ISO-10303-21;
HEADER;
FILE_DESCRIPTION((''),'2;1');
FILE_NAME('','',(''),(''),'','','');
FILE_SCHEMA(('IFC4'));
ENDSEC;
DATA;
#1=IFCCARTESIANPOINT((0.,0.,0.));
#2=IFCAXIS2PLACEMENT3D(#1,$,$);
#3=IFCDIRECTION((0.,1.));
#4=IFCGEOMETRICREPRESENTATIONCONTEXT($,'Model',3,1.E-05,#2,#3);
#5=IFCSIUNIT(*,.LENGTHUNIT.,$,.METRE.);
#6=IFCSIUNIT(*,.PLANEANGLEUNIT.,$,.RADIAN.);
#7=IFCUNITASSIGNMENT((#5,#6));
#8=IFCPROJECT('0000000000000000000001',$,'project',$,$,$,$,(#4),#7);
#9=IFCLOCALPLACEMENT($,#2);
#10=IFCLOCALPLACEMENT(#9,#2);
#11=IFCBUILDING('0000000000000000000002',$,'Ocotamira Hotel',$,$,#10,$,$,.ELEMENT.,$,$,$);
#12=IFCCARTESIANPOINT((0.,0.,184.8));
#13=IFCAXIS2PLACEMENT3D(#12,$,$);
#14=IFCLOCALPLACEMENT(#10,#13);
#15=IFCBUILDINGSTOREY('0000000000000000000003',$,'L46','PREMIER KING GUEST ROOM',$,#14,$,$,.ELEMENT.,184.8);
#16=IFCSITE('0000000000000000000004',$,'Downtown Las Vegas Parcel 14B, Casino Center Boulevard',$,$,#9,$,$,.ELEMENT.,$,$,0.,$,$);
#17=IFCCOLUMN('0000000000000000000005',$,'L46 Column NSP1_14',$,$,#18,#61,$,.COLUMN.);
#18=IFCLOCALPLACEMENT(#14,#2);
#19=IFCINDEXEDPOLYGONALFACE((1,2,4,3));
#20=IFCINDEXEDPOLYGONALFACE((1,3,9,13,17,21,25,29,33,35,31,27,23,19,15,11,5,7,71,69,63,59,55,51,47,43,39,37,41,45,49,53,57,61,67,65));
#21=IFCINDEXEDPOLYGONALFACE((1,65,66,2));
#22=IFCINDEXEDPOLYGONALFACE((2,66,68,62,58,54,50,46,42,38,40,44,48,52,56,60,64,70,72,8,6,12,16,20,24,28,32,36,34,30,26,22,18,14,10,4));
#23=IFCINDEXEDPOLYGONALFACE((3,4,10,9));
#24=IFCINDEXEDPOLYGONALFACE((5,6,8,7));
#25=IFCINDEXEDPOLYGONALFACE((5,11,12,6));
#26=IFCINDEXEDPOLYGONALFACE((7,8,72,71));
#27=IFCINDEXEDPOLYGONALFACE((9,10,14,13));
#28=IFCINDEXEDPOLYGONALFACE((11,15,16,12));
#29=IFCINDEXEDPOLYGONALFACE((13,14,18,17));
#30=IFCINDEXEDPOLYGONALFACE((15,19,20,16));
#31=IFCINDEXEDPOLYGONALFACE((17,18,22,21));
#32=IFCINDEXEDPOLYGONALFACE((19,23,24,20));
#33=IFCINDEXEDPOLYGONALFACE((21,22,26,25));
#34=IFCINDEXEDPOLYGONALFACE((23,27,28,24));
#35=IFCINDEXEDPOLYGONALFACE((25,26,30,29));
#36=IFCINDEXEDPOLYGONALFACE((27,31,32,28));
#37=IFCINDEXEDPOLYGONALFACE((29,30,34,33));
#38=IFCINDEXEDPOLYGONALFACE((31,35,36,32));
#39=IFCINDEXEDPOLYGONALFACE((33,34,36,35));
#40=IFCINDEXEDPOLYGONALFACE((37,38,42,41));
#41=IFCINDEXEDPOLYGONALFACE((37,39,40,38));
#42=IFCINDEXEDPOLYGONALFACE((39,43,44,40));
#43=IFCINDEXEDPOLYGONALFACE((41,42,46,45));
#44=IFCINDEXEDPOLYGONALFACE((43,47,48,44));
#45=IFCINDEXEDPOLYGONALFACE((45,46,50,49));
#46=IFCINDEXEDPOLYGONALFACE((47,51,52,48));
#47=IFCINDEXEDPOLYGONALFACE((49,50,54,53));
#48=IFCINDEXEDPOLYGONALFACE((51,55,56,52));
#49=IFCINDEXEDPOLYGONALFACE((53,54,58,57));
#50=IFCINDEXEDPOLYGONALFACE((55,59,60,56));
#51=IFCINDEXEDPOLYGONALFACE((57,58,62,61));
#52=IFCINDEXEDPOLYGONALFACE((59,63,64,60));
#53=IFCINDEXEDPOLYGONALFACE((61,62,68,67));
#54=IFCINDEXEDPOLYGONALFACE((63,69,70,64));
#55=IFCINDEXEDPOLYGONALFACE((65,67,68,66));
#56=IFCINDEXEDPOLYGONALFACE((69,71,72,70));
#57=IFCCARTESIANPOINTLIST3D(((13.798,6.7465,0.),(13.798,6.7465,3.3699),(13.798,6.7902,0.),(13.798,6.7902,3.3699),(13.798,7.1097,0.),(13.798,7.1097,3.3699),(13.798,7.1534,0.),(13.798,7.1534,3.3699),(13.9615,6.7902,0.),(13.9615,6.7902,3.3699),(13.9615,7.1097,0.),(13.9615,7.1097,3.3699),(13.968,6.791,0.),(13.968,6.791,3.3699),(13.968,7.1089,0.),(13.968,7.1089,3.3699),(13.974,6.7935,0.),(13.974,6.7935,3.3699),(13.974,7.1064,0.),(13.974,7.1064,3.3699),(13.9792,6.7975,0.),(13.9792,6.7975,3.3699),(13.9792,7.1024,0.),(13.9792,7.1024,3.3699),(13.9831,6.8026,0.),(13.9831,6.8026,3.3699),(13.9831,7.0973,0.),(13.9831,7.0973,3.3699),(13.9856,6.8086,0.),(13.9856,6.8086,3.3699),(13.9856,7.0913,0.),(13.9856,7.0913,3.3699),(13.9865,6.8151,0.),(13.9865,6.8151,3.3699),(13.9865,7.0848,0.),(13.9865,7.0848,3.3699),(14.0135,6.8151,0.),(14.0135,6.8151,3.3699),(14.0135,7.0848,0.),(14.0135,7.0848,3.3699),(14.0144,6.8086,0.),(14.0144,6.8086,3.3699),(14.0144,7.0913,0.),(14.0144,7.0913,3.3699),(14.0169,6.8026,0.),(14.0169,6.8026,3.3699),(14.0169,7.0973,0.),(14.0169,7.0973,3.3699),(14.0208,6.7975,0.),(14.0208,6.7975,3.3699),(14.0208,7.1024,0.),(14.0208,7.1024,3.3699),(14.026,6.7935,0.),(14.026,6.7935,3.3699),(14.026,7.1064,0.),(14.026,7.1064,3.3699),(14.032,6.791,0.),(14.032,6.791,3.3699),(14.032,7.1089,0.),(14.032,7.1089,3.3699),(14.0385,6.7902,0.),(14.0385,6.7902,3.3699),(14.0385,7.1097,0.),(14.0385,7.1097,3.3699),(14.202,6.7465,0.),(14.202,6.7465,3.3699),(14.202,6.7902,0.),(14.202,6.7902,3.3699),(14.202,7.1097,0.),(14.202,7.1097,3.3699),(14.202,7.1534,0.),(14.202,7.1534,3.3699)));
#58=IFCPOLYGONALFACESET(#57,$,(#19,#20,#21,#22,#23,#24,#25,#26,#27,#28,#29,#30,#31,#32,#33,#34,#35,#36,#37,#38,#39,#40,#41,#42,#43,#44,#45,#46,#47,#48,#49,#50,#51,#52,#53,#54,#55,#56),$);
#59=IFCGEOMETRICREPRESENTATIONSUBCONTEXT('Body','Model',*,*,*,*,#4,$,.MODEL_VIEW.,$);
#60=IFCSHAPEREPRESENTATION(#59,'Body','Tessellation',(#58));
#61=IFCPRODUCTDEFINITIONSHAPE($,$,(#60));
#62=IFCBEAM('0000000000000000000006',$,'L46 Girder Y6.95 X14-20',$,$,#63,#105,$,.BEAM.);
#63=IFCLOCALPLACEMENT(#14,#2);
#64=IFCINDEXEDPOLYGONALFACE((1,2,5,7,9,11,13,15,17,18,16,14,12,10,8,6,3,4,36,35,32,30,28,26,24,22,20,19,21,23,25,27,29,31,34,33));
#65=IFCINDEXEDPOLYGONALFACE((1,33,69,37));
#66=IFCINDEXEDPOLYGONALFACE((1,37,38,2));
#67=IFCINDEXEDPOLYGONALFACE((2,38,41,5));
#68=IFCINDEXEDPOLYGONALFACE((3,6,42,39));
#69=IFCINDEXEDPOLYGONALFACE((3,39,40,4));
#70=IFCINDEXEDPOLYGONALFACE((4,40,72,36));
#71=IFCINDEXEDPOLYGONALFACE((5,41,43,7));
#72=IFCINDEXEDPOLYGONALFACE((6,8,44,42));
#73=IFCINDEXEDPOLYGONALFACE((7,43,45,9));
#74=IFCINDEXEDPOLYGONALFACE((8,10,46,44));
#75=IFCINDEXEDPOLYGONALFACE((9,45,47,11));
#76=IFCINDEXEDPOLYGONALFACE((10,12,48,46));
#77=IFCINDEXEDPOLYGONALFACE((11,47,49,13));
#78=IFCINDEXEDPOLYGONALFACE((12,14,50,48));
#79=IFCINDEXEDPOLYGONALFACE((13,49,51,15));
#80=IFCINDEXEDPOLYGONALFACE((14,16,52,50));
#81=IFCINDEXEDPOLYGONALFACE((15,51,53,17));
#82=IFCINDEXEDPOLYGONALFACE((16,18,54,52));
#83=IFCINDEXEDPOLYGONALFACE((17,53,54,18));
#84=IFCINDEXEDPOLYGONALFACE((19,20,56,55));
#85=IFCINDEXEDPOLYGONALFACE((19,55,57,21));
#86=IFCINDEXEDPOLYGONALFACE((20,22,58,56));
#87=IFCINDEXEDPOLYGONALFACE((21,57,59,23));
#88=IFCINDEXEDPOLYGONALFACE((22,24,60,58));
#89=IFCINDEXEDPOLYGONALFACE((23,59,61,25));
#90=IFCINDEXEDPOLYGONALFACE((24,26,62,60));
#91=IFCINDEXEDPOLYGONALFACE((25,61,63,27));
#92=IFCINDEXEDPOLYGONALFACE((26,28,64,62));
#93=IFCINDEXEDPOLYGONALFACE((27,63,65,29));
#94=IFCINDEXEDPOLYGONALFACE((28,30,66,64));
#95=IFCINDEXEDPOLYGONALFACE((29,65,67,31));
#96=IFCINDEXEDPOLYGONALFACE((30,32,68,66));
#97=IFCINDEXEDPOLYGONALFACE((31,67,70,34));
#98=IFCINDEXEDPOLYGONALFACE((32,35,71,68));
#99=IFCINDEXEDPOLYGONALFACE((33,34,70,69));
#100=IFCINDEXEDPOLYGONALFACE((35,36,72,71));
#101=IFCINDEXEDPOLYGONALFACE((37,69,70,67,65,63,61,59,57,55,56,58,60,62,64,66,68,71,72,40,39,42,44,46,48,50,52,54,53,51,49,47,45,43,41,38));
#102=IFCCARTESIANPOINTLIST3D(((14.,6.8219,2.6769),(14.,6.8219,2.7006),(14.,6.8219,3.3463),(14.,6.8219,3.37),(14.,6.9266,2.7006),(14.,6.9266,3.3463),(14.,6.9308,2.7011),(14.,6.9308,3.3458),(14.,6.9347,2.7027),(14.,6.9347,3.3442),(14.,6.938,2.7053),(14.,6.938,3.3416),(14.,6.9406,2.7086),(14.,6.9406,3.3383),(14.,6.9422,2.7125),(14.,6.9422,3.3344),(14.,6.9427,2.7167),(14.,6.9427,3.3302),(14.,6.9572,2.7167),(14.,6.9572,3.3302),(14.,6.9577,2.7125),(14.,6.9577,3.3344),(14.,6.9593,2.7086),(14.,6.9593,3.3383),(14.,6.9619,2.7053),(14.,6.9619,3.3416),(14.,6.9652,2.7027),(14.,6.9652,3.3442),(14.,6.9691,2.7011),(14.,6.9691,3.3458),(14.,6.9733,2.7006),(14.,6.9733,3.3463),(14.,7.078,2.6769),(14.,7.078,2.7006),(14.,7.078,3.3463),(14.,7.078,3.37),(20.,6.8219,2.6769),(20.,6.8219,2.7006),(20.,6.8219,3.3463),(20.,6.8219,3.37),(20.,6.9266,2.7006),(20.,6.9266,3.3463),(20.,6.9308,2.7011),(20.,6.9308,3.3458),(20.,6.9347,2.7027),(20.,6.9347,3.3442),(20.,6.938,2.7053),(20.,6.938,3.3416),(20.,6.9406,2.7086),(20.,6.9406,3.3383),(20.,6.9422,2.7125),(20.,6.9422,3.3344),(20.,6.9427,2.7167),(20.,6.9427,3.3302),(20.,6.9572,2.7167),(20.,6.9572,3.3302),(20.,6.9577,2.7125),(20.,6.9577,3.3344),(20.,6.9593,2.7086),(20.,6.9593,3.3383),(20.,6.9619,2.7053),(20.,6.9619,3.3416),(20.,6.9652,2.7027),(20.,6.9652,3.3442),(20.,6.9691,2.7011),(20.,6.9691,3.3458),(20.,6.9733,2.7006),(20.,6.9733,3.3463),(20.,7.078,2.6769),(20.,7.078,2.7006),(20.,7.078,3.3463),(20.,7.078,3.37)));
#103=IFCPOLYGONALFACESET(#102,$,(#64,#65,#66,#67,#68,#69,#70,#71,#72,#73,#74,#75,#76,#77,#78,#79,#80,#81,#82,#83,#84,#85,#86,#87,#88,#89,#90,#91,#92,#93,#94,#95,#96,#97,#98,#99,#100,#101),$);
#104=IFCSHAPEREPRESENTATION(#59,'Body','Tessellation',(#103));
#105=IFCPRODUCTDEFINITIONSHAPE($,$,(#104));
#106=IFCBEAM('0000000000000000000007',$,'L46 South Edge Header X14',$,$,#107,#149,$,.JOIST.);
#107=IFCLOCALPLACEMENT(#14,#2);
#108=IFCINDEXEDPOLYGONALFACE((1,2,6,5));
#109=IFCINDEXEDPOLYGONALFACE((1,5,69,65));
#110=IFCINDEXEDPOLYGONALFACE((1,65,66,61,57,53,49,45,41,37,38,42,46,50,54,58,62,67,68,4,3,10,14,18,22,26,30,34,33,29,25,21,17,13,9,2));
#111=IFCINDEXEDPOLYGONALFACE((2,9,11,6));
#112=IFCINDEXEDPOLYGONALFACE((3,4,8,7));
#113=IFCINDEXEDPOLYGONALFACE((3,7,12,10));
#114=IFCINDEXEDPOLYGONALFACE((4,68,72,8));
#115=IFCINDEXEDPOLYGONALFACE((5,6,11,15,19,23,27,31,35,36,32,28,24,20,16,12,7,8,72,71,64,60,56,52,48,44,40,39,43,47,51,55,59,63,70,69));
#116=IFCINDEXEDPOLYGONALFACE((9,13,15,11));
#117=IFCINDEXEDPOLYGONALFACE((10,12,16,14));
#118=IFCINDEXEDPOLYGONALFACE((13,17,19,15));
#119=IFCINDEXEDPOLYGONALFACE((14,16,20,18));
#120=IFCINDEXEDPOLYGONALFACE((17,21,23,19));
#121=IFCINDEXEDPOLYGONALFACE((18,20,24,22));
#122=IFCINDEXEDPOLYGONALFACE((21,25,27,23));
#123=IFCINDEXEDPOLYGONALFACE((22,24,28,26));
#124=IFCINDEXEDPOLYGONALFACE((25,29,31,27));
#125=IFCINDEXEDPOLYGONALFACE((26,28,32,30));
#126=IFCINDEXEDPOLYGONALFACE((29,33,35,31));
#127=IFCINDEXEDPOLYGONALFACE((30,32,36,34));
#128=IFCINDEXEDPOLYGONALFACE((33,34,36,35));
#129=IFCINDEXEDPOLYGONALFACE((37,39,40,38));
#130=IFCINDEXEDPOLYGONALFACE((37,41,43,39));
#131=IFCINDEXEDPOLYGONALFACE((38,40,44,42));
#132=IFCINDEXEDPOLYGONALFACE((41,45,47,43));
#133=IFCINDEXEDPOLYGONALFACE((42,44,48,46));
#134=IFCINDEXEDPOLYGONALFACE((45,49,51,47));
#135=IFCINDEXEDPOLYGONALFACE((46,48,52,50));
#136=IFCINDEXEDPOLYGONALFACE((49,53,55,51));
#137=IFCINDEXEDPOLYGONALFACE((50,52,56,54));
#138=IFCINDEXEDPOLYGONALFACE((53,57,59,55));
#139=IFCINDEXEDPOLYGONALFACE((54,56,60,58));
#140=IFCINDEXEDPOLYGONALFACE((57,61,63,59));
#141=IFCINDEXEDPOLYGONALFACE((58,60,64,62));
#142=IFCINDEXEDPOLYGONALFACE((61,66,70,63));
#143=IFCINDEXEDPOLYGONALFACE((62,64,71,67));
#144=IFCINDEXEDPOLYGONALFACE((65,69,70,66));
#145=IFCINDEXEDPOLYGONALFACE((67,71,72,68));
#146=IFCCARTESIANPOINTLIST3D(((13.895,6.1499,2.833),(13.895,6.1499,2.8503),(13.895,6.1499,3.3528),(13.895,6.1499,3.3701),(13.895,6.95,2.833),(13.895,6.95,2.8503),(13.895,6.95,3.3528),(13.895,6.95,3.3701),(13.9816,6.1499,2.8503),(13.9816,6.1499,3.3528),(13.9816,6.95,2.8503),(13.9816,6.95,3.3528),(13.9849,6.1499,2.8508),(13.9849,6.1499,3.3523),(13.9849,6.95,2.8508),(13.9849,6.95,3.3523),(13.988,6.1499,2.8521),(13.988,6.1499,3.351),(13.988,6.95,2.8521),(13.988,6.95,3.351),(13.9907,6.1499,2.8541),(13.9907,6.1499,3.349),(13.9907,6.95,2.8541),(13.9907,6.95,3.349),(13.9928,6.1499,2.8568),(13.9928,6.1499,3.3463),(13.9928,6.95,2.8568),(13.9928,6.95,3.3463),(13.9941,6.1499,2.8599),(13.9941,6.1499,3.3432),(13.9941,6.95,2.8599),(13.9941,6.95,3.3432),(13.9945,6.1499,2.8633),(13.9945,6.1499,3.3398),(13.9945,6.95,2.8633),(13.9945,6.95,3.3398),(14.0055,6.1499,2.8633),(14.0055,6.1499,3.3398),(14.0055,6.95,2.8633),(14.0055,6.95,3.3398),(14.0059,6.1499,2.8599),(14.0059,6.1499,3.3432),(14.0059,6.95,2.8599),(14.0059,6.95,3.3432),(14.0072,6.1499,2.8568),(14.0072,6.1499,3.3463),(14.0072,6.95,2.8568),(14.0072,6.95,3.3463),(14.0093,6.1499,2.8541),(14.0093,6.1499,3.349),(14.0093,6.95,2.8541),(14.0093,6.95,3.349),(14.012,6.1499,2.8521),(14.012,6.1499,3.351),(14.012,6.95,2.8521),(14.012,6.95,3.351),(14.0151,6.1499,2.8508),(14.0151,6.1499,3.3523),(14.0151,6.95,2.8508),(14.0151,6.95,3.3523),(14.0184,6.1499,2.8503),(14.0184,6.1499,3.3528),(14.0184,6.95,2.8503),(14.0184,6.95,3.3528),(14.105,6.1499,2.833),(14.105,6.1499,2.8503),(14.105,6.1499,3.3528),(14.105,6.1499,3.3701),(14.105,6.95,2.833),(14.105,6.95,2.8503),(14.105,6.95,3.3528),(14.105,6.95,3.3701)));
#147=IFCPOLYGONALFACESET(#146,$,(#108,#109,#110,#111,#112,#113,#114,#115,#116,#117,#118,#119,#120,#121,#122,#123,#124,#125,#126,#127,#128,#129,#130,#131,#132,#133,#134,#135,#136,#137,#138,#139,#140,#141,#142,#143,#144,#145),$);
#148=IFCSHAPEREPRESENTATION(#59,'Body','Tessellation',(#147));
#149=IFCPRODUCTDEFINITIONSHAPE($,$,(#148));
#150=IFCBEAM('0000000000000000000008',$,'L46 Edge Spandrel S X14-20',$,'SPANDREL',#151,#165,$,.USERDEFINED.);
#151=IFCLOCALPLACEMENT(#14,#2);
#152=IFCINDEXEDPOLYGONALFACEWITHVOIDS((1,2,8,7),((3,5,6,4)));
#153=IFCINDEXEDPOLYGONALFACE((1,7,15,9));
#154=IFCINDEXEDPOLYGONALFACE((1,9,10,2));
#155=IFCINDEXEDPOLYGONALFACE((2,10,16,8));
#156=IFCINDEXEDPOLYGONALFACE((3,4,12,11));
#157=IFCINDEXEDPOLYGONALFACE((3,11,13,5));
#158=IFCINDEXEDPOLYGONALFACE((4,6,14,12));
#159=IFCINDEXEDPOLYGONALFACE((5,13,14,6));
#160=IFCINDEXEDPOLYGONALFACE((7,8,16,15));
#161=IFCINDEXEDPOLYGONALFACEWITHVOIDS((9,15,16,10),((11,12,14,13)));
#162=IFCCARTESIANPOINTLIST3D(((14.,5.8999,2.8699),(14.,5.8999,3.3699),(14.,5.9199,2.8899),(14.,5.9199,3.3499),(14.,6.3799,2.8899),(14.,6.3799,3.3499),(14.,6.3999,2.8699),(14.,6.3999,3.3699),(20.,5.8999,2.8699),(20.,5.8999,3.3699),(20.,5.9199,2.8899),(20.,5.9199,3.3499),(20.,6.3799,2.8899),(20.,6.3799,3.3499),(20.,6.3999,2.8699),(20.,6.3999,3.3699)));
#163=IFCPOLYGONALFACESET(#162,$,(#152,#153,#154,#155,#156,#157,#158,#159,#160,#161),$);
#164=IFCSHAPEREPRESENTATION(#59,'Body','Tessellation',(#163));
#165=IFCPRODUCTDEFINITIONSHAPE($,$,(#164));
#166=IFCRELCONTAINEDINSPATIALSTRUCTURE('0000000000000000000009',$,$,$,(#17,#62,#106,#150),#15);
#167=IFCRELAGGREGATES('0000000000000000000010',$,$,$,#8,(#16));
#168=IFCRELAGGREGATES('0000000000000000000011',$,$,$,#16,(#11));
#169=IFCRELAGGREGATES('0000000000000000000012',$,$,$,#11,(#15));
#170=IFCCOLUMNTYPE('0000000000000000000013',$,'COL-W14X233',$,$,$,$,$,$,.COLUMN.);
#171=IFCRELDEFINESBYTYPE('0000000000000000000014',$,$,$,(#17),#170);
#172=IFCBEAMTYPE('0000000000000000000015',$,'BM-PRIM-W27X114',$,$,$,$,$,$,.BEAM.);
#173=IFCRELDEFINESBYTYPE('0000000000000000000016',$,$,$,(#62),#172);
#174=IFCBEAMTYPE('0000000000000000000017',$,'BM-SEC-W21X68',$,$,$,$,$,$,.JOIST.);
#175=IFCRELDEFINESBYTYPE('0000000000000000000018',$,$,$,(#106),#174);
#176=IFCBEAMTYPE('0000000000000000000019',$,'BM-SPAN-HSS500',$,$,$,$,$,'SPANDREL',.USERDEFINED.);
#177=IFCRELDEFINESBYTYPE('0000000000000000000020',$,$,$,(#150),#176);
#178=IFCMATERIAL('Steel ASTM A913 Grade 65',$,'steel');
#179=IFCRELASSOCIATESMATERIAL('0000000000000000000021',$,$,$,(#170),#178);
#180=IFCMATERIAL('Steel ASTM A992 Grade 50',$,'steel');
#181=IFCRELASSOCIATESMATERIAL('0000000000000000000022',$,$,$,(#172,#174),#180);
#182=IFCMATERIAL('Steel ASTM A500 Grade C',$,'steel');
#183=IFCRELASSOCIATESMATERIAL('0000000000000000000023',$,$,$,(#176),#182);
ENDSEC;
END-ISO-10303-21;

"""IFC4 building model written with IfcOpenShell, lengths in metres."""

from ifc_helpers import new_model, si_unit, direction, frame, origin, origin_2d, place, context, subcontext, project, spatial, hollow_rectangle, i_section, extrude, source, transform, mapped, material, material_profile, profile_set, type_object, element, save


model = new_model("IFC4")

# Units and contexts
model_context = context("Model", 3, precision=1e-05, world=origin(), true_north=direction((0.0, 1.0)))
body_context = subcontext(model_context, "Body", "Model", "MODEL_VIEW")
ifc_project = project(units=[si_unit("LENGTHUNIT", "METRE"), si_unit("PLANEANGLEUNIT", "RADIAN")], contexts=[model_context])

# Site, building, storey
site_placement = place(None, origin())
site = spatial("IfcSite", under=ifc_project, at=site_placement, Name="Downtown Las Vegas Parcel 14B, Casino Center Boulevard", CompositionType="ELEMENT", RefElevation=0.0)
building_placement = place(site_placement, origin())
building = spatial("IfcBuilding", under=site, at=building_placement, Name="Ocotamira Hotel", CompositionType="ELEMENT")
storey_placement = place(building_placement, frame((0.0, 0.0, 184.8)))
storey = spatial("IfcBuildingStorey", under=building, at=storey_placement, Name="L46", Description="PREMIER KING GUEST ROOM", CompositionType="ELEMENT", Elevation=184.8)

# Column
ifc_material_1 = material(Name="Steel ASTM A913 Grade 65", Category="steel")
ifc_material_profile_1 = material_profile(ifc_material_1, i_section(OverallWidth=0.4041, OverallDepth=0.407, WebThickness=0.0271, FlangeThickness=0.0437, FilletRadius=0.0249, at=origin_2d()), Name="W14X233")
ifc_profile_set_1 = profile_set([ifc_material_profile_1], Name="Steel ASTM A913 Grade 65")
column_type = type_object("IfcColumnType", Name="COL-W14X233", PredefinedType="COLUMN", material=ifc_profile_set_1)
shared_shape_1 = source(origin(), body_context, "Body", "SweptSolid", [
    extrude(i_section(OverallWidth=0.4041, OverallDepth=0.407, WebThickness=0.0271, FlangeThickness=0.0437, FilletRadius=0.0249, at=origin_2d()), origin(), (0.0, 0.0, 1.0), 3.3699),
])
column_placement = place(storey_placement, frame((14.0, 6.95, 0.0), z_axis=(0.0, 0.0, 1.0), x_axis=(1.0, 0.0, 0.0)))
element("IfcColumn", 1, at=column_placement, inside=storey, type_object=column_type, Name="L46 Column NSP1_14", PredefinedType="COLUMN", context=body_context, shape_type="MappedRepresentation", body=[
    mapped(shared_shape_1, transform((0.0, 0.0, 0.0), scale=1.0)),
])

# Beams
ifc_material_2 = material(Name="Steel ASTM A992 Grade 50", Category="steel")
ifc_material_profile_2 = material_profile(ifc_material_2, i_section(OverallWidth=0.2561, OverallDepth=0.6931, WebThickness=0.0144, FlangeThickness=0.0237, FilletRadius=0.0161, at=origin_2d()), Name="W27X114")
ifc_profile_set_2 = profile_set([ifc_material_profile_2], Name="Steel ASTM A992 Grade 50")
beam_type_1 = type_object("IfcBeamType", Name="BM-PRIM-W27X114", PredefinedType="BEAM", material=ifc_profile_set_2)
shared_shape_2 = source(origin(), body_context, "Body", "SweptSolid", [
    extrude(i_section(OverallWidth=0.2561, OverallDepth=0.6931, WebThickness=0.0144, FlangeThickness=0.0237, FilletRadius=0.0161, at=origin_2d()), origin(), (0.0, 0.0, 1.0), 6.0),
])
beam_1_placement = place(storey_placement, frame((14.0, 6.95, 3.0234), z_axis=(1.0, 0.0, 0.0), x_axis=(0.0, 1.0, 0.0)))
element("IfcBeam", 2, at=beam_1_placement, inside=storey, type_object=beam_type_1, Name="L46 Girder Y6.95 X14-20", PredefinedType="BEAM", context=body_context, shape_type="MappedRepresentation", body=[
    mapped(shared_shape_2, transform((0.0, 0.0, 0.0), scale=1.0)),
])
ifc_material_profile_3 = material_profile(ifc_material_2, i_section(OverallWidth=0.21, OverallDepth=0.5371, WebThickness=0.011, FlangeThickness=0.0173, FilletRadius=0.0129, at=origin_2d()), Name="W21X68")
ifc_profile_set_3 = profile_set([ifc_material_profile_3], Name="Steel ASTM A992 Grade 50")
beam_type_2 = type_object("IfcBeamType", Name="BM-SEC-W21X68", PredefinedType="JOIST", material=ifc_profile_set_3)
shared_shape_3 = source(origin(), body_context, "Body", "SweptSolid", [
    extrude(i_section(OverallWidth=0.21, OverallDepth=0.5371, WebThickness=0.011, FlangeThickness=0.0173, FilletRadius=0.0129, at=origin_2d()), origin(), (0.0, 0.0, 1.0), 0.8),
])
beam_2_placement = place(storey_placement, frame((14.0, 6.95, 3.1016), z_axis=(0.0, -1.0, 0.0), x_axis=(1.0, 0.0, 0.0)))
element("IfcBeam", 3, at=beam_2_placement, inside=storey, type_object=beam_type_2, Name="L46 South Edge Header X14", PredefinedType="JOIST", context=body_context, shape_type="MappedRepresentation", body=[
    mapped(shared_shape_3, transform((0.0, 0.0, 0.0), scale=1.0)),
])
ifc_material_3 = material(Name="Steel ASTM A500 Grade C", Category="steel")
ifc_material_profile_4 = material_profile(ifc_material_3, hollow_rectangle(XDim=0.5, YDim=0.5, WallThickness=0.02, at=origin_2d()), Name="HSS500X500X20")
ifc_profile_set_4 = profile_set([ifc_material_profile_4], Name="Steel ASTM A500 Grade C")
beam_type_3 = type_object("IfcBeamType", Name="BM-SPAN-HSS500", ElementType="SPANDREL", PredefinedType="USERDEFINED", material=ifc_profile_set_4)
shared_shape_4 = source(origin(), body_context, "Body", "SweptSolid", [
    extrude(hollow_rectangle(XDim=0.5, YDim=0.5, WallThickness=0.02, at=origin_2d()), origin(), (0.0, 0.0, 1.0), 6.0),
])
beam_3_placement = place(storey_placement, frame((14.0, 6.1499, 3.1199), z_axis=(1.0, 0.0, 0.0), x_axis=(0.0, 1.0, 0.0)))
element("IfcBeam", 4, at=beam_3_placement, inside=storey, type_object=beam_type_3, Name="L46 Edge Spandrel S X14-20", ObjectType="SPANDREL", PredefinedType="USERDEFINED", context=body_context, shape_type="MappedRepresentation", body=[
    mapped(shared_shape_4, transform((0.0, 0.0, 0.0), scale=1.0)),
])

save(model, "model.ifc")
